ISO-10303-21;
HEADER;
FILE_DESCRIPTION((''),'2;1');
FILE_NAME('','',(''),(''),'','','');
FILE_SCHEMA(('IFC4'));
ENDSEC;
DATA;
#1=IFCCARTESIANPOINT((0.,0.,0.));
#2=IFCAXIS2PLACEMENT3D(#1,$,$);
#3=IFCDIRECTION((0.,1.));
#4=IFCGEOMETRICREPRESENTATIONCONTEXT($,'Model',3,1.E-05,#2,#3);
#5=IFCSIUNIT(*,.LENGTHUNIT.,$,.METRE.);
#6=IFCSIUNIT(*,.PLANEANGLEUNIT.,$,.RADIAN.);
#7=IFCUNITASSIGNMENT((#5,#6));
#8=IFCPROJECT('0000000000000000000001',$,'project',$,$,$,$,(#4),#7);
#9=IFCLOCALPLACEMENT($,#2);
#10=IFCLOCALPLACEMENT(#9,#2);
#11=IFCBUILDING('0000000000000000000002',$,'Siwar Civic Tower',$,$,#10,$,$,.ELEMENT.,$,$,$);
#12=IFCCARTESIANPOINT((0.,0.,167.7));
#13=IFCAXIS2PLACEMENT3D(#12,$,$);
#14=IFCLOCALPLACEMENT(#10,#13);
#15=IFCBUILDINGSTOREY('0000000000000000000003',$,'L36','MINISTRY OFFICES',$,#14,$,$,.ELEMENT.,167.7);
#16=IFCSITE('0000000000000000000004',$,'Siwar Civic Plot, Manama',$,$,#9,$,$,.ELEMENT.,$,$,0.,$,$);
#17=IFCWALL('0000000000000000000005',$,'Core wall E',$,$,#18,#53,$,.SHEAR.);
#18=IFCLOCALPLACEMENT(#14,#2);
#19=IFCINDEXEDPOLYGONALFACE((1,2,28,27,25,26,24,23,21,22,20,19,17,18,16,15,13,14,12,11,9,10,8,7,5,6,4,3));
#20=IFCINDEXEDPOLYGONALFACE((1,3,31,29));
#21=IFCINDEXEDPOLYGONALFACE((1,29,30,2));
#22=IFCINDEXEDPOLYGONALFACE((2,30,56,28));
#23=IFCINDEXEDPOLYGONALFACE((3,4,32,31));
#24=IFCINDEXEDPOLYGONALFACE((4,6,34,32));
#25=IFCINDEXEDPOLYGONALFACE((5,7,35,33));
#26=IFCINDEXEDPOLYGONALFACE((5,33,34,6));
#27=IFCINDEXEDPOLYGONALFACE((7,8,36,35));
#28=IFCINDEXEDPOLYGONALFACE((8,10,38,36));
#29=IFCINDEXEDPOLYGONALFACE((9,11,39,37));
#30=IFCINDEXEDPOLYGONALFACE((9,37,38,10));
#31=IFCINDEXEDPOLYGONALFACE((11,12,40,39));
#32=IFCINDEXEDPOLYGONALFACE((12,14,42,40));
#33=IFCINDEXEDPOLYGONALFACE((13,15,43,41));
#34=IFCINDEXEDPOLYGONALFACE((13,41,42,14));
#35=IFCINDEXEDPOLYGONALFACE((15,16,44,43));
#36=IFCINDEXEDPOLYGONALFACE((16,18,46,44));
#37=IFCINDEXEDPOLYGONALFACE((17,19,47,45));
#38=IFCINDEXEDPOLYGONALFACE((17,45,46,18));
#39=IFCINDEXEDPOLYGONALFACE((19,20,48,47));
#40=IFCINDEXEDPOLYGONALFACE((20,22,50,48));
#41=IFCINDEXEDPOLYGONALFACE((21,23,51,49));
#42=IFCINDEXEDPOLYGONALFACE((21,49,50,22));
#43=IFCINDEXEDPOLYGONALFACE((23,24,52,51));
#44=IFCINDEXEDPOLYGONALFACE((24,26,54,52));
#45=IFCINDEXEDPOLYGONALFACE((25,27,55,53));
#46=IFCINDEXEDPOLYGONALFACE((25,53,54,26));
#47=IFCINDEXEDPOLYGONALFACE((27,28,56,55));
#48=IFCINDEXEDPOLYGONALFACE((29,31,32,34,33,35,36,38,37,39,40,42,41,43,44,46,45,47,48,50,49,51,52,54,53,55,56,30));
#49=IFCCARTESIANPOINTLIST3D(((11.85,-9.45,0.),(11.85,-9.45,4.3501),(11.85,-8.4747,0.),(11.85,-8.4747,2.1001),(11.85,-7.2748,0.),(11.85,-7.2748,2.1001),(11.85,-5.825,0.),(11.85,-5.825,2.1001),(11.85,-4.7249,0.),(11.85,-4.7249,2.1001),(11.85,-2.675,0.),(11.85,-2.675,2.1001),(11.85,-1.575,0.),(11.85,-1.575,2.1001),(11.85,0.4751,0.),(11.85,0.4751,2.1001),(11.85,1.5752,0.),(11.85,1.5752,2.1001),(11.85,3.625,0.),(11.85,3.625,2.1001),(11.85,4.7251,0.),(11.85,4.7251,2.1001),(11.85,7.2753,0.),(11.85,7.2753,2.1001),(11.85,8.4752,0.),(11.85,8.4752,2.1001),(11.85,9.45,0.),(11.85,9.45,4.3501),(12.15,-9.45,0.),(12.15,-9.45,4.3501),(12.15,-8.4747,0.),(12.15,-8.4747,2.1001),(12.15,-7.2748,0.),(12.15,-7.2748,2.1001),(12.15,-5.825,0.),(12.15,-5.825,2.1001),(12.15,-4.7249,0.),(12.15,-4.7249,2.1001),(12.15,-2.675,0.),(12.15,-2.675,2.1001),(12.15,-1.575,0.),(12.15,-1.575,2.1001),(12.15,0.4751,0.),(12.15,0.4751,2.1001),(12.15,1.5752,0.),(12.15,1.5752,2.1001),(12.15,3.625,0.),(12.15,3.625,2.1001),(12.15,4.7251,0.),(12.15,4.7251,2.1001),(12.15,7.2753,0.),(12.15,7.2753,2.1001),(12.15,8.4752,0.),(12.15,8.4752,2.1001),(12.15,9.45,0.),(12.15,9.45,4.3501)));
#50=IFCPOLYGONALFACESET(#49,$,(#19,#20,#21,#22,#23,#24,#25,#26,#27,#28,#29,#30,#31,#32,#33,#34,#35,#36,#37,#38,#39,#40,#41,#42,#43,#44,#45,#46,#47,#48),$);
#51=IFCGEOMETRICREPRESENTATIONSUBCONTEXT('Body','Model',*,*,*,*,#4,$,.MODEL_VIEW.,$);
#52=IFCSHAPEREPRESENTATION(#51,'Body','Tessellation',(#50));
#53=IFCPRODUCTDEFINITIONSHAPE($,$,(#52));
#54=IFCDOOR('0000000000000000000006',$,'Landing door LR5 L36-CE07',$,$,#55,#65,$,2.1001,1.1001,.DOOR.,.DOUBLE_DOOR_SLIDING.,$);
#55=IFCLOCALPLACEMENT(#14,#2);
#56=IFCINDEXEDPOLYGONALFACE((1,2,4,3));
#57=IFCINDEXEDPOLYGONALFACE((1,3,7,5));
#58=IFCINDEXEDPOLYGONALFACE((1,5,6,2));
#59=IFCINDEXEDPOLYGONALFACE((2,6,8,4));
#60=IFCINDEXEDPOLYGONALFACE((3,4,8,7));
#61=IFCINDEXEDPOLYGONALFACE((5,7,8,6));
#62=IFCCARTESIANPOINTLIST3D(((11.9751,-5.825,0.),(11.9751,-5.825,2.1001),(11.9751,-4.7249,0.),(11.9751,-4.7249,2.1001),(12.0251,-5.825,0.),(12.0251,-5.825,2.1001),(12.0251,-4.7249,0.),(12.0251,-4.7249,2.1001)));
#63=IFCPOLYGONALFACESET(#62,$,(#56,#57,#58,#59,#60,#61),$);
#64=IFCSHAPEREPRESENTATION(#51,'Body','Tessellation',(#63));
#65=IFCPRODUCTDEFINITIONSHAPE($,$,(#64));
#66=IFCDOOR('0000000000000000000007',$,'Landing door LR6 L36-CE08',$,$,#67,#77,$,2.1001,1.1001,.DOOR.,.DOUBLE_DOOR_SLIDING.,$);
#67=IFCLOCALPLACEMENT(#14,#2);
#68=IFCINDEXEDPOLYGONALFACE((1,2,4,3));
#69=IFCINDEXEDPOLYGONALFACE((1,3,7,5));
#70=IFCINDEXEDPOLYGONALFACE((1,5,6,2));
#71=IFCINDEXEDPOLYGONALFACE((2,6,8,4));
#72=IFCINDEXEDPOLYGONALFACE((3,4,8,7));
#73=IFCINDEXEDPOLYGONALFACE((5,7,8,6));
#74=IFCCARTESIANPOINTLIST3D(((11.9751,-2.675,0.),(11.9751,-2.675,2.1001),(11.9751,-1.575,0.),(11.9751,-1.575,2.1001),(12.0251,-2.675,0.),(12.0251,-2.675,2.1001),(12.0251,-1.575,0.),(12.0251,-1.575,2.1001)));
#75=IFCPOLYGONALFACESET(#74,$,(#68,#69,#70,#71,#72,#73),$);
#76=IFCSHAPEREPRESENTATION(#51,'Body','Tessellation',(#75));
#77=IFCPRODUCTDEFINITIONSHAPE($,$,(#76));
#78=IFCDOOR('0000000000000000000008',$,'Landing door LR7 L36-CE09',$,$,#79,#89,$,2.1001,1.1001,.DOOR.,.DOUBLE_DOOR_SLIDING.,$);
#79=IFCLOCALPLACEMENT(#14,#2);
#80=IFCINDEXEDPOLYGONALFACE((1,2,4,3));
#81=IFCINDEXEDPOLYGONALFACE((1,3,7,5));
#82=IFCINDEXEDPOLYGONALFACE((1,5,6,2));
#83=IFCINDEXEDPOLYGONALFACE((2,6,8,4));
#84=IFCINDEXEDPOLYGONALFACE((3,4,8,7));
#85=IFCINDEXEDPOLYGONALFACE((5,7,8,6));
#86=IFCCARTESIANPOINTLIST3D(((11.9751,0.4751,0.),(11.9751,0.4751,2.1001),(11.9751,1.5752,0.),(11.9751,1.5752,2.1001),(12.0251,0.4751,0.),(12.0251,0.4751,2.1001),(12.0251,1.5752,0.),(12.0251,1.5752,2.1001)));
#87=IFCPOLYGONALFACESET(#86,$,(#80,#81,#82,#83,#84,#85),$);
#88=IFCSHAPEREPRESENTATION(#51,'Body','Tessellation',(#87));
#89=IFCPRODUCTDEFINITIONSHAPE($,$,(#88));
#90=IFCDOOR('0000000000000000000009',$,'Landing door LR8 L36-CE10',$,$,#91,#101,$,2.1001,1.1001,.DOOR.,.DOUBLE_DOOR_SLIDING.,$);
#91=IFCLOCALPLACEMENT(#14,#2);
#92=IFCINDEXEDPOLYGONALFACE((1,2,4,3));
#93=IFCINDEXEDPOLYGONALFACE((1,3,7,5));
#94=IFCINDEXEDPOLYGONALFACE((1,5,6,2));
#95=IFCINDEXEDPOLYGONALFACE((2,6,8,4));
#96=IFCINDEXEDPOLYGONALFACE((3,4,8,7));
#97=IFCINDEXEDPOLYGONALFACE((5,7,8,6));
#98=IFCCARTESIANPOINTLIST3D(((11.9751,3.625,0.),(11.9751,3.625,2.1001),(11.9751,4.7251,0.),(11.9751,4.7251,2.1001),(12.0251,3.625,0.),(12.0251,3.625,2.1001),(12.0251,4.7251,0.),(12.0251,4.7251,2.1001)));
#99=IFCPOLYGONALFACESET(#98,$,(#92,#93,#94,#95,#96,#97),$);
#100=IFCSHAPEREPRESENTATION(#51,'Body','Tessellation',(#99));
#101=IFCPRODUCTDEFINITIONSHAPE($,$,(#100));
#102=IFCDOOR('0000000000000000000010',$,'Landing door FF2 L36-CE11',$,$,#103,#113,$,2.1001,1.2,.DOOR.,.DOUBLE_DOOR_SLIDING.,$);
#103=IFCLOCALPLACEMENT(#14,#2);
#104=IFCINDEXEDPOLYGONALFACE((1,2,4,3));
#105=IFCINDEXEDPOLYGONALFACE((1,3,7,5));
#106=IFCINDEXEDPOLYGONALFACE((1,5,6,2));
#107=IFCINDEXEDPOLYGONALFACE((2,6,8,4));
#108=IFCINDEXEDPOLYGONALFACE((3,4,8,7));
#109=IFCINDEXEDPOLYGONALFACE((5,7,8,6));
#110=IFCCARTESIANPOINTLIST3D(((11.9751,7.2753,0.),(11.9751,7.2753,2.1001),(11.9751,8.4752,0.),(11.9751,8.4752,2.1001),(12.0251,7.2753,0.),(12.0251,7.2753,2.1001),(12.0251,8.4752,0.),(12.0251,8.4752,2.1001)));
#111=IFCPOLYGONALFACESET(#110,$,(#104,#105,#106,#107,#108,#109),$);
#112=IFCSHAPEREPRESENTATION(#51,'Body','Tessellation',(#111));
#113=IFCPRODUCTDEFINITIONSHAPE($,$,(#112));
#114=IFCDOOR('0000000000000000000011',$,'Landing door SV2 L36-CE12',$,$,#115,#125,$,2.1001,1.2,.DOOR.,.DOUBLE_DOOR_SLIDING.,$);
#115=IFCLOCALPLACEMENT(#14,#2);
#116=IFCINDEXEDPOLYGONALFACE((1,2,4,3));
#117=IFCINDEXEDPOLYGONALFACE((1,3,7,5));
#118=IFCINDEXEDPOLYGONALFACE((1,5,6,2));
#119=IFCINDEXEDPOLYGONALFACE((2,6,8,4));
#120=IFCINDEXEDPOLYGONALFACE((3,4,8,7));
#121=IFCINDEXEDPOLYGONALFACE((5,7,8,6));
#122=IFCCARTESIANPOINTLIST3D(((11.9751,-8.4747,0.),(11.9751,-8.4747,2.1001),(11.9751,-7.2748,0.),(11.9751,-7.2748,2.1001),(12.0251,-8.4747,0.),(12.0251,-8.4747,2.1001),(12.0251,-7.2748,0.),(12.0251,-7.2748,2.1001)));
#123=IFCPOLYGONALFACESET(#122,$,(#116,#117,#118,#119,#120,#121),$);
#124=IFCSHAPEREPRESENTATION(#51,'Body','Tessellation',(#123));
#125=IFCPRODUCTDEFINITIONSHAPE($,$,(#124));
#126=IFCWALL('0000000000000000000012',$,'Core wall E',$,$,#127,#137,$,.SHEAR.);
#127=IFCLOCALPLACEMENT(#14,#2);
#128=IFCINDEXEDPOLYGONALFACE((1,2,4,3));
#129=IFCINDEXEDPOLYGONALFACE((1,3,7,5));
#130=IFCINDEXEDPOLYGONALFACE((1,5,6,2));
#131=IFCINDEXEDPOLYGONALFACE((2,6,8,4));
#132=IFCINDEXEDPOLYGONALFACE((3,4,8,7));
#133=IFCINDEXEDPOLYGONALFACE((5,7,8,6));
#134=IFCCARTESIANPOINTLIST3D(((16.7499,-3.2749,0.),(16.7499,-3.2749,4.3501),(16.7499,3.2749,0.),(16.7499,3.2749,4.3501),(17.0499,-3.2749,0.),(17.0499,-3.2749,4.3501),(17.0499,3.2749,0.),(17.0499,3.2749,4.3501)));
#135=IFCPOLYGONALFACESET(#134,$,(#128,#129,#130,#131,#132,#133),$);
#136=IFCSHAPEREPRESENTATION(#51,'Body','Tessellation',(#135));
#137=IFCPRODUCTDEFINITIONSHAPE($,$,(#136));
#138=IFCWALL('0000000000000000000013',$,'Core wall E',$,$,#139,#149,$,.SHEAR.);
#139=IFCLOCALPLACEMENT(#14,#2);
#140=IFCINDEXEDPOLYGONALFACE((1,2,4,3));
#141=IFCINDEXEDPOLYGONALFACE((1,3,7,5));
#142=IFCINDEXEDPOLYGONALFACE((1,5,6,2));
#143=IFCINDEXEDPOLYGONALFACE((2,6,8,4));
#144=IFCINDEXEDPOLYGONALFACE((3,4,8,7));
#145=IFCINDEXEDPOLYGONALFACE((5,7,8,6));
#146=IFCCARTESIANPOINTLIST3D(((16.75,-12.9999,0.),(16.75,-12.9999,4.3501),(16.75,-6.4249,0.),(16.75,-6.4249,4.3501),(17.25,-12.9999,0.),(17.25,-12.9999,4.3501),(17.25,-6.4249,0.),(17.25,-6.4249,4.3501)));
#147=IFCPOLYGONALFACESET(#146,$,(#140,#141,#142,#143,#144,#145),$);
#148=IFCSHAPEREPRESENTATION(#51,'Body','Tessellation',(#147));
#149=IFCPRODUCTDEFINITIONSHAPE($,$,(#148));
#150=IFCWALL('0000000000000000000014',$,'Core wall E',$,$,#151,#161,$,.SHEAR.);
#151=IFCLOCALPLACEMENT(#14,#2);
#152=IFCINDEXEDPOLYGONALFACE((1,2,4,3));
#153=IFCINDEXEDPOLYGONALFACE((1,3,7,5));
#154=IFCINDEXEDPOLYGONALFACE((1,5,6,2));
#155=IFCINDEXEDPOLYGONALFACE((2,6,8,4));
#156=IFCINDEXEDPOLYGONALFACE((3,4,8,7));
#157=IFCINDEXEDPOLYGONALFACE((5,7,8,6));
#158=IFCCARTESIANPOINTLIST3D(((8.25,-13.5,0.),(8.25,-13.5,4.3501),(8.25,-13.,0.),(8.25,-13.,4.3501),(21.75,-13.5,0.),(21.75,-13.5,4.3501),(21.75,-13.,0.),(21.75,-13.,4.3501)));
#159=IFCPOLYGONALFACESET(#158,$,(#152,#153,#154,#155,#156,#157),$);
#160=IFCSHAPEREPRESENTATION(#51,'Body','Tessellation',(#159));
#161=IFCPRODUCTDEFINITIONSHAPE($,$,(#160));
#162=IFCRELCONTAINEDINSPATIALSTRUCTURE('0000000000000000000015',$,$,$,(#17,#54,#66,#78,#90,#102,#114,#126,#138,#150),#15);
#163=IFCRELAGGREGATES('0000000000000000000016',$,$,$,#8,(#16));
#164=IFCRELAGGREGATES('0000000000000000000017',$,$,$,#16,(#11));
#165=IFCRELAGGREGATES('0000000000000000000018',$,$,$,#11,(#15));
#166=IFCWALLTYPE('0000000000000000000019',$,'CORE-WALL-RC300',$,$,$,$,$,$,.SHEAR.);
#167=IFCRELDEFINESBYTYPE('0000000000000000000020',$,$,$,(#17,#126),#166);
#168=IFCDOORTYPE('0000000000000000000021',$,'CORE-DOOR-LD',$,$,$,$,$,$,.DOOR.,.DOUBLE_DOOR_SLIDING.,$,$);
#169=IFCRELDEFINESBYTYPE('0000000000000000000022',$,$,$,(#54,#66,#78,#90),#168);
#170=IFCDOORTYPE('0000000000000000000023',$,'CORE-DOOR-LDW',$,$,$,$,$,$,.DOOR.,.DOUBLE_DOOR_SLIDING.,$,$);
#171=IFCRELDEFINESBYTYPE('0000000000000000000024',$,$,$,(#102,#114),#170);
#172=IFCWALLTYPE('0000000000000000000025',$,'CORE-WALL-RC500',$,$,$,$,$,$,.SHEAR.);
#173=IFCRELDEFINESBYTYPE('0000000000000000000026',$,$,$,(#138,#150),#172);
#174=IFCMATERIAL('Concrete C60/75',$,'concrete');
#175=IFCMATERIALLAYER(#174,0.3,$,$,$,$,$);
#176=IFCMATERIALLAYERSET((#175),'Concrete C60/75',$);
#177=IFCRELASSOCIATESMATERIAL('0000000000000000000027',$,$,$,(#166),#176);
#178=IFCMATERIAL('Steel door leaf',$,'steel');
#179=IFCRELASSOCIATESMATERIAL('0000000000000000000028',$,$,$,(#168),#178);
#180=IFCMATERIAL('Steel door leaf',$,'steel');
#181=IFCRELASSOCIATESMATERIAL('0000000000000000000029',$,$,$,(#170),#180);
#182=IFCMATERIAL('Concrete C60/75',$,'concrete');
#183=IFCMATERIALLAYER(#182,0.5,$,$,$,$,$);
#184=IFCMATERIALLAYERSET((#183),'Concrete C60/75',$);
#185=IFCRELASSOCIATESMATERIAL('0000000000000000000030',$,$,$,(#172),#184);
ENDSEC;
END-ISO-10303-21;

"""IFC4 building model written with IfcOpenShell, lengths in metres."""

from ifc_helpers import new_model, si_unit, direction, frame, frame_2d, origin, place, context, subcontext, project, spatial, rectangle, extrude, material, layer, layer_set, type_object, element, fill, save


model = new_model("IFC4")

# Units and contexts
model_context = context("Model", 3, precision=1e-05, world=origin(), true_north=direction((0.0, 1.0)))
body_context = subcontext(model_context, "Body", "Model", "MODEL_VIEW")
ifc_project = project(units=[si_unit("LENGTHUNIT", "METRE"), si_unit("PLANEANGLEUNIT", "RADIAN")], contexts=[model_context])

# Site, building, storey
site_placement = place(None, origin())
site = spatial("IfcSite", under=ifc_project, at=site_placement, Name="Siwar Civic Plot, Manama", CompositionType="ELEMENT", RefElevation=0.0)
building_placement = place(site_placement, origin())
building = spatial("IfcBuilding", under=site, at=building_placement, Name="Siwar Civic Tower", CompositionType="ELEMENT")
storey_placement = place(building_placement, frame((0.0, 0.0, 167.7)))
storey = spatial("IfcBuildingStorey", under=building, at=storey_placement, Name="L36", Description="MINISTRY OFFICES", CompositionType="ELEMENT", Elevation=167.7)

# Wall, openings, doors
ifc_material_1 = material(Name="Concrete C60/75", Category="concrete")
ifc_layer_1 = layer(ifc_material_1, 0.3)
ifc_layer_set_1 = layer_set([ifc_layer_1], Name="Concrete C60/75")
wall_type_1 = type_object("IfcWallType", Name="CORE-WALL-RC300", PredefinedType="SHEAR", material=ifc_layer_set_1)
wall_1_placement = place(storey_placement, frame((12.0, -9.45, 0.0), z_axis=(0.0, 0.0, 1.0), x_axis=(0.0, 1.0, 0.0)))
wall_1 = element("IfcWall", 1, at=wall_1_placement, inside=storey, type_object=wall_type_1, Name="Core wall E", PredefinedType="SHEAR", context=body_context, shape_type="SweptSolid", body=[
    extrude(rectangle(XDim=18.8999, YDim=0.3, at=frame_2d((9.45, 0.0))), origin(), (0.0, 0.0, 1.0), 4.3501),
])
opening_1_placement = place(wall_1_placement, frame((3.625, 0.0, 0.0)))
opening_1 = element("IfcOpeningElement", 2, at=opening_1_placement, cuts=wall_1, PredefinedType="OPENING", context=body_context, shape_type="SweptSolid", body=[
    extrude(rectangle(XDim=1.1001, YDim=2.1001, at=frame_2d((0.55, 1.05))), frame((0.0, 0.1602, 0.0), z_axis=(0.0, -1.0, 0.0), x_axis=(1.0, 0.0, 0.0)), (0.0, 0.0, 1.0), 0.3201),
])
opening_2_placement = place(wall_1_placement, frame((6.7749, 0.0, 0.0)))
opening_2 = element("IfcOpeningElement", 3, at=opening_2_placement, cuts=wall_1, PredefinedType="OPENING", context=body_context, shape_type="SweptSolid", body=[
    extrude(rectangle(XDim=1.1001, YDim=2.1001, at=frame_2d((0.55, 1.05))), frame((0.0, 0.1602, 0.0), z_axis=(0.0, -1.0, 0.0), x_axis=(1.0, 0.0, 0.0)), (0.0, 0.0, 1.0), 0.3201),
])
opening_3_placement = place(wall_1_placement, frame((9.925, 0.0, 0.0)))
opening_3 = element("IfcOpeningElement", 4, at=opening_3_placement, cuts=wall_1, PredefinedType="OPENING", context=body_context, shape_type="SweptSolid", body=[
    extrude(rectangle(XDim=1.1001, YDim=2.1001, at=frame_2d((0.55, 1.05))), frame((0.0, 0.1602, 0.0), z_axis=(0.0, -1.0, 0.0), x_axis=(1.0, 0.0, 0.0)), (0.0, 0.0, 1.0), 0.3201),
])
opening_4_placement = place(wall_1_placement, frame((13.075, 0.0, 0.0)))
opening_4 = element("IfcOpeningElement", 5, at=opening_4_placement, cuts=wall_1, PredefinedType="OPENING", context=body_context, shape_type="SweptSolid", body=[
    extrude(rectangle(XDim=1.1001, YDim=2.1001, at=frame_2d((0.55, 1.05))), frame((0.0, 0.1602, 0.0), z_axis=(0.0, -1.0, 0.0), x_axis=(1.0, 0.0, 0.0)), (0.0, 0.0, 1.0), 0.3201),
])
opening_5_placement = place(wall_1_placement, frame((16.7251, 0.0, 0.0)))
opening_5 = element("IfcOpeningElement", 6, at=opening_5_placement, cuts=wall_1, PredefinedType="OPENING", context=body_context, shape_type="SweptSolid", body=[
    extrude(rectangle(XDim=1.2, YDim=2.1001, at=frame_2d((0.6001, 1.05))), frame((0.0, 0.1602, 0.0), z_axis=(0.0, -1.0, 0.0), x_axis=(1.0, 0.0, 0.0)), (0.0, 0.0, 1.0), 0.3201),
])
opening_6_placement = place(wall_1_placement, frame((0.9751, 0.0, 0.0)))
opening_6 = element("IfcOpeningElement", 7, at=opening_6_placement, cuts=wall_1, PredefinedType="OPENING", context=body_context, shape_type="SweptSolid", body=[
    extrude(rectangle(XDim=1.2, YDim=2.1001, at=frame_2d((0.6001, 1.05))), frame((0.0, 0.1602, 0.0), z_axis=(0.0, -1.0, 0.0), x_axis=(1.0, 0.0, 0.0)), (0.0, 0.0, 1.0), 0.3201),
])
ifc_material_2 = material(Name="Steel door leaf", Category="steel")
door_type_1 = type_object("IfcDoorType", Name="CORE-DOOR-LD", OperationType="DOUBLE_DOOR_SLIDING", PredefinedType="DOOR", material=ifc_material_2)
door_1_placement = place(opening_1_placement, origin())
door_1 = element("IfcDoor", 8, at=door_1_placement, inside=storey, type_object=door_type_1, Name="Landing door LR5 L36-CE07", OperationType="DOUBLE_DOOR_SLIDING", OverallHeight=2.1001, OverallWidth=1.1001, PredefinedType="DOOR", context=body_context, shape_type="SweptSolid", body=[
    extrude(rectangle(XDim=1.1001, YDim=2.1001, at=frame_2d((0.55, 1.05))), frame((0.0, 0.0249, 0.0), z_axis=(0.0, -1.0, 0.0), x_axis=(1.0, 0.0, 0.0)), (0.0, 0.0, 1.0), 0.05),
])
fill(opening_1, door_1)
door_2_placement = place(opening_2_placement, origin())
door_2 = element("IfcDoor", 9, at=door_2_placement, inside=storey, type_object=door_type_1, Name="Landing door LR6 L36-CE08", OperationType="DOUBLE_DOOR_SLIDING", OverallHeight=2.1001, OverallWidth=1.1001, PredefinedType="DOOR", context=body_context, shape_type="SweptSolid", body=[
    extrude(rectangle(XDim=1.1001, YDim=2.1001, at=frame_2d((0.55, 1.05))), frame((0.0, 0.0249, 0.0), z_axis=(0.0, -1.0, 0.0), x_axis=(1.0, 0.0, 0.0)), (0.0, 0.0, 1.0), 0.05),
])
fill(opening_2, door_2)
door_3_placement = place(opening_3_placement, origin())
door_3 = element("IfcDoor", 10, at=door_3_placement, inside=storey, type_object=door_type_1, Name="Landing door LR7 L36-CE09", OperationType="DOUBLE_DOOR_SLIDING", OverallHeight=2.1001, OverallWidth=1.1001, PredefinedType="DOOR", context=body_context, shape_type="SweptSolid", body=[
    extrude(rectangle(XDim=1.1001, YDim=2.1001, at=frame_2d((0.55, 1.05))), frame((0.0, 0.0249, 0.0), z_axis=(0.0, -1.0, 0.0), x_axis=(1.0, 0.0, 0.0)), (0.0, 0.0, 1.0), 0.05),
])
fill(opening_3, door_3)
door_4_placement = place(opening_4_placement, origin())
door_4 = element("IfcDoor", 11, at=door_4_placement, inside=storey, type_object=door_type_1, Name="Landing door LR8 L36-CE10", OperationType="DOUBLE_DOOR_SLIDING", OverallHeight=2.1001, OverallWidth=1.1001, PredefinedType="DOOR", context=body_context, shape_type="SweptSolid", body=[
    extrude(rectangle(XDim=1.1001, YDim=2.1001, at=frame_2d((0.55, 1.05))), frame((0.0, 0.0249, 0.0), z_axis=(0.0, -1.0, 0.0), x_axis=(1.0, 0.0, 0.0)), (0.0, 0.0, 1.0), 0.05),
])
fill(opening_4, door_4)
ifc_material_3 = material(Name="Steel door leaf", Category="steel")
door_type_2 = type_object("IfcDoorType", Name="CORE-DOOR-LDW", OperationType="DOUBLE_DOOR_SLIDING", PredefinedType="DOOR", material=ifc_material_3)
door_5_placement = place(opening_5_placement, origin())
door_5 = element("IfcDoor", 12, at=door_5_placement, inside=storey, type_object=door_type_2, Name="Landing door FF2 L36-CE11", OperationType="DOUBLE_DOOR_SLIDING", OverallHeight=2.1001, OverallWidth=1.2, PredefinedType="DOOR", context=body_context, shape_type="SweptSolid", body=[
    extrude(rectangle(XDim=1.2, YDim=2.1001, at=frame_2d((0.6001, 1.05))), frame((0.0, 0.0249, 0.0), z_axis=(0.0, -1.0, 0.0), x_axis=(1.0, 0.0, 0.0)), (0.0, 0.0, 1.0), 0.05),
])
fill(opening_5, door_5)
door_6_placement = place(opening_6_placement, origin())
door_6 = element("IfcDoor", 13, at=door_6_placement, inside=storey, type_object=door_type_2, Name="Landing door SV2 L36-CE12", OperationType="DOUBLE_DOOR_SLIDING", OverallHeight=2.1001, OverallWidth=1.2, PredefinedType="DOOR", context=body_context, shape_type="SweptSolid", body=[
    extrude(rectangle(XDim=1.2, YDim=2.1001, at=frame_2d((0.6001, 1.05))), frame((0.0, 0.0249, 0.0), z_axis=(0.0, -1.0, 0.0), x_axis=(1.0, 0.0, 0.0)), (0.0, 0.0, 1.0), 0.05),
])
fill(opening_6, door_6)

# Walls
wall_2_placement = place(storey_placement, frame((16.8999, -3.2749, 0.0), z_axis=(0.0, 0.0, 1.0), x_axis=(0.0, 1.0, 0.0)))
element("IfcWall", 14, at=wall_2_placement, inside=storey, type_object=wall_type_1, Name="Core wall E", PredefinedType="SHEAR", context=body_context, shape_type="SweptSolid", body=[
    extrude(rectangle(XDim=6.5498, YDim=0.3, at=frame_2d((3.2749, 0.0))), origin(), (0.0, 0.0, 1.0), 4.3501),
])
ifc_material_4 = material(Name="Concrete C60/75", Category="concrete")
ifc_layer_2 = layer(ifc_material_4, 0.5)
ifc_layer_set_2 = layer_set([ifc_layer_2], Name="Concrete C60/75")
wall_type_2 = type_object("IfcWallType", Name="CORE-WALL-RC500", PredefinedType="SHEAR", material=ifc_layer_set_2)
wall_3_placement = place(storey_placement, frame((17.0, -13.0, 0.0), z_axis=(0.0, 0.0, 1.0), x_axis=(0.0, 1.0, 0.0)))
element("IfcWall", 15, at=wall_3_placement, inside=storey, type_object=wall_type_2, Name="Core wall E", PredefinedType="SHEAR", context=body_context, shape_type="SweptSolid", body=[
    extrude(rectangle(XDim=6.575, YDim=0.5, at=frame_2d((3.2876, 0.0))), origin(), (0.0, 0.0, 1.0), 4.3501),
])
wall_4_placement = place(storey_placement, frame((8.25, -13.25, 0.0), z_axis=(0.0, 0.0, 1.0), x_axis=(1.0, 0.0, 0.0)))
element("IfcWall", 16, at=wall_4_placement, inside=storey, type_object=wall_type_2, Name="Core wall E", PredefinedType="SHEAR", context=body_context, shape_type="SweptSolid", body=[
    extrude(rectangle(XDim=13.5, YDim=0.5, at=frame_2d((6.75, 0.0))), origin(), (0.0, 0.0, 1.0), 4.3501),
])

save(model, "model.ifc")
